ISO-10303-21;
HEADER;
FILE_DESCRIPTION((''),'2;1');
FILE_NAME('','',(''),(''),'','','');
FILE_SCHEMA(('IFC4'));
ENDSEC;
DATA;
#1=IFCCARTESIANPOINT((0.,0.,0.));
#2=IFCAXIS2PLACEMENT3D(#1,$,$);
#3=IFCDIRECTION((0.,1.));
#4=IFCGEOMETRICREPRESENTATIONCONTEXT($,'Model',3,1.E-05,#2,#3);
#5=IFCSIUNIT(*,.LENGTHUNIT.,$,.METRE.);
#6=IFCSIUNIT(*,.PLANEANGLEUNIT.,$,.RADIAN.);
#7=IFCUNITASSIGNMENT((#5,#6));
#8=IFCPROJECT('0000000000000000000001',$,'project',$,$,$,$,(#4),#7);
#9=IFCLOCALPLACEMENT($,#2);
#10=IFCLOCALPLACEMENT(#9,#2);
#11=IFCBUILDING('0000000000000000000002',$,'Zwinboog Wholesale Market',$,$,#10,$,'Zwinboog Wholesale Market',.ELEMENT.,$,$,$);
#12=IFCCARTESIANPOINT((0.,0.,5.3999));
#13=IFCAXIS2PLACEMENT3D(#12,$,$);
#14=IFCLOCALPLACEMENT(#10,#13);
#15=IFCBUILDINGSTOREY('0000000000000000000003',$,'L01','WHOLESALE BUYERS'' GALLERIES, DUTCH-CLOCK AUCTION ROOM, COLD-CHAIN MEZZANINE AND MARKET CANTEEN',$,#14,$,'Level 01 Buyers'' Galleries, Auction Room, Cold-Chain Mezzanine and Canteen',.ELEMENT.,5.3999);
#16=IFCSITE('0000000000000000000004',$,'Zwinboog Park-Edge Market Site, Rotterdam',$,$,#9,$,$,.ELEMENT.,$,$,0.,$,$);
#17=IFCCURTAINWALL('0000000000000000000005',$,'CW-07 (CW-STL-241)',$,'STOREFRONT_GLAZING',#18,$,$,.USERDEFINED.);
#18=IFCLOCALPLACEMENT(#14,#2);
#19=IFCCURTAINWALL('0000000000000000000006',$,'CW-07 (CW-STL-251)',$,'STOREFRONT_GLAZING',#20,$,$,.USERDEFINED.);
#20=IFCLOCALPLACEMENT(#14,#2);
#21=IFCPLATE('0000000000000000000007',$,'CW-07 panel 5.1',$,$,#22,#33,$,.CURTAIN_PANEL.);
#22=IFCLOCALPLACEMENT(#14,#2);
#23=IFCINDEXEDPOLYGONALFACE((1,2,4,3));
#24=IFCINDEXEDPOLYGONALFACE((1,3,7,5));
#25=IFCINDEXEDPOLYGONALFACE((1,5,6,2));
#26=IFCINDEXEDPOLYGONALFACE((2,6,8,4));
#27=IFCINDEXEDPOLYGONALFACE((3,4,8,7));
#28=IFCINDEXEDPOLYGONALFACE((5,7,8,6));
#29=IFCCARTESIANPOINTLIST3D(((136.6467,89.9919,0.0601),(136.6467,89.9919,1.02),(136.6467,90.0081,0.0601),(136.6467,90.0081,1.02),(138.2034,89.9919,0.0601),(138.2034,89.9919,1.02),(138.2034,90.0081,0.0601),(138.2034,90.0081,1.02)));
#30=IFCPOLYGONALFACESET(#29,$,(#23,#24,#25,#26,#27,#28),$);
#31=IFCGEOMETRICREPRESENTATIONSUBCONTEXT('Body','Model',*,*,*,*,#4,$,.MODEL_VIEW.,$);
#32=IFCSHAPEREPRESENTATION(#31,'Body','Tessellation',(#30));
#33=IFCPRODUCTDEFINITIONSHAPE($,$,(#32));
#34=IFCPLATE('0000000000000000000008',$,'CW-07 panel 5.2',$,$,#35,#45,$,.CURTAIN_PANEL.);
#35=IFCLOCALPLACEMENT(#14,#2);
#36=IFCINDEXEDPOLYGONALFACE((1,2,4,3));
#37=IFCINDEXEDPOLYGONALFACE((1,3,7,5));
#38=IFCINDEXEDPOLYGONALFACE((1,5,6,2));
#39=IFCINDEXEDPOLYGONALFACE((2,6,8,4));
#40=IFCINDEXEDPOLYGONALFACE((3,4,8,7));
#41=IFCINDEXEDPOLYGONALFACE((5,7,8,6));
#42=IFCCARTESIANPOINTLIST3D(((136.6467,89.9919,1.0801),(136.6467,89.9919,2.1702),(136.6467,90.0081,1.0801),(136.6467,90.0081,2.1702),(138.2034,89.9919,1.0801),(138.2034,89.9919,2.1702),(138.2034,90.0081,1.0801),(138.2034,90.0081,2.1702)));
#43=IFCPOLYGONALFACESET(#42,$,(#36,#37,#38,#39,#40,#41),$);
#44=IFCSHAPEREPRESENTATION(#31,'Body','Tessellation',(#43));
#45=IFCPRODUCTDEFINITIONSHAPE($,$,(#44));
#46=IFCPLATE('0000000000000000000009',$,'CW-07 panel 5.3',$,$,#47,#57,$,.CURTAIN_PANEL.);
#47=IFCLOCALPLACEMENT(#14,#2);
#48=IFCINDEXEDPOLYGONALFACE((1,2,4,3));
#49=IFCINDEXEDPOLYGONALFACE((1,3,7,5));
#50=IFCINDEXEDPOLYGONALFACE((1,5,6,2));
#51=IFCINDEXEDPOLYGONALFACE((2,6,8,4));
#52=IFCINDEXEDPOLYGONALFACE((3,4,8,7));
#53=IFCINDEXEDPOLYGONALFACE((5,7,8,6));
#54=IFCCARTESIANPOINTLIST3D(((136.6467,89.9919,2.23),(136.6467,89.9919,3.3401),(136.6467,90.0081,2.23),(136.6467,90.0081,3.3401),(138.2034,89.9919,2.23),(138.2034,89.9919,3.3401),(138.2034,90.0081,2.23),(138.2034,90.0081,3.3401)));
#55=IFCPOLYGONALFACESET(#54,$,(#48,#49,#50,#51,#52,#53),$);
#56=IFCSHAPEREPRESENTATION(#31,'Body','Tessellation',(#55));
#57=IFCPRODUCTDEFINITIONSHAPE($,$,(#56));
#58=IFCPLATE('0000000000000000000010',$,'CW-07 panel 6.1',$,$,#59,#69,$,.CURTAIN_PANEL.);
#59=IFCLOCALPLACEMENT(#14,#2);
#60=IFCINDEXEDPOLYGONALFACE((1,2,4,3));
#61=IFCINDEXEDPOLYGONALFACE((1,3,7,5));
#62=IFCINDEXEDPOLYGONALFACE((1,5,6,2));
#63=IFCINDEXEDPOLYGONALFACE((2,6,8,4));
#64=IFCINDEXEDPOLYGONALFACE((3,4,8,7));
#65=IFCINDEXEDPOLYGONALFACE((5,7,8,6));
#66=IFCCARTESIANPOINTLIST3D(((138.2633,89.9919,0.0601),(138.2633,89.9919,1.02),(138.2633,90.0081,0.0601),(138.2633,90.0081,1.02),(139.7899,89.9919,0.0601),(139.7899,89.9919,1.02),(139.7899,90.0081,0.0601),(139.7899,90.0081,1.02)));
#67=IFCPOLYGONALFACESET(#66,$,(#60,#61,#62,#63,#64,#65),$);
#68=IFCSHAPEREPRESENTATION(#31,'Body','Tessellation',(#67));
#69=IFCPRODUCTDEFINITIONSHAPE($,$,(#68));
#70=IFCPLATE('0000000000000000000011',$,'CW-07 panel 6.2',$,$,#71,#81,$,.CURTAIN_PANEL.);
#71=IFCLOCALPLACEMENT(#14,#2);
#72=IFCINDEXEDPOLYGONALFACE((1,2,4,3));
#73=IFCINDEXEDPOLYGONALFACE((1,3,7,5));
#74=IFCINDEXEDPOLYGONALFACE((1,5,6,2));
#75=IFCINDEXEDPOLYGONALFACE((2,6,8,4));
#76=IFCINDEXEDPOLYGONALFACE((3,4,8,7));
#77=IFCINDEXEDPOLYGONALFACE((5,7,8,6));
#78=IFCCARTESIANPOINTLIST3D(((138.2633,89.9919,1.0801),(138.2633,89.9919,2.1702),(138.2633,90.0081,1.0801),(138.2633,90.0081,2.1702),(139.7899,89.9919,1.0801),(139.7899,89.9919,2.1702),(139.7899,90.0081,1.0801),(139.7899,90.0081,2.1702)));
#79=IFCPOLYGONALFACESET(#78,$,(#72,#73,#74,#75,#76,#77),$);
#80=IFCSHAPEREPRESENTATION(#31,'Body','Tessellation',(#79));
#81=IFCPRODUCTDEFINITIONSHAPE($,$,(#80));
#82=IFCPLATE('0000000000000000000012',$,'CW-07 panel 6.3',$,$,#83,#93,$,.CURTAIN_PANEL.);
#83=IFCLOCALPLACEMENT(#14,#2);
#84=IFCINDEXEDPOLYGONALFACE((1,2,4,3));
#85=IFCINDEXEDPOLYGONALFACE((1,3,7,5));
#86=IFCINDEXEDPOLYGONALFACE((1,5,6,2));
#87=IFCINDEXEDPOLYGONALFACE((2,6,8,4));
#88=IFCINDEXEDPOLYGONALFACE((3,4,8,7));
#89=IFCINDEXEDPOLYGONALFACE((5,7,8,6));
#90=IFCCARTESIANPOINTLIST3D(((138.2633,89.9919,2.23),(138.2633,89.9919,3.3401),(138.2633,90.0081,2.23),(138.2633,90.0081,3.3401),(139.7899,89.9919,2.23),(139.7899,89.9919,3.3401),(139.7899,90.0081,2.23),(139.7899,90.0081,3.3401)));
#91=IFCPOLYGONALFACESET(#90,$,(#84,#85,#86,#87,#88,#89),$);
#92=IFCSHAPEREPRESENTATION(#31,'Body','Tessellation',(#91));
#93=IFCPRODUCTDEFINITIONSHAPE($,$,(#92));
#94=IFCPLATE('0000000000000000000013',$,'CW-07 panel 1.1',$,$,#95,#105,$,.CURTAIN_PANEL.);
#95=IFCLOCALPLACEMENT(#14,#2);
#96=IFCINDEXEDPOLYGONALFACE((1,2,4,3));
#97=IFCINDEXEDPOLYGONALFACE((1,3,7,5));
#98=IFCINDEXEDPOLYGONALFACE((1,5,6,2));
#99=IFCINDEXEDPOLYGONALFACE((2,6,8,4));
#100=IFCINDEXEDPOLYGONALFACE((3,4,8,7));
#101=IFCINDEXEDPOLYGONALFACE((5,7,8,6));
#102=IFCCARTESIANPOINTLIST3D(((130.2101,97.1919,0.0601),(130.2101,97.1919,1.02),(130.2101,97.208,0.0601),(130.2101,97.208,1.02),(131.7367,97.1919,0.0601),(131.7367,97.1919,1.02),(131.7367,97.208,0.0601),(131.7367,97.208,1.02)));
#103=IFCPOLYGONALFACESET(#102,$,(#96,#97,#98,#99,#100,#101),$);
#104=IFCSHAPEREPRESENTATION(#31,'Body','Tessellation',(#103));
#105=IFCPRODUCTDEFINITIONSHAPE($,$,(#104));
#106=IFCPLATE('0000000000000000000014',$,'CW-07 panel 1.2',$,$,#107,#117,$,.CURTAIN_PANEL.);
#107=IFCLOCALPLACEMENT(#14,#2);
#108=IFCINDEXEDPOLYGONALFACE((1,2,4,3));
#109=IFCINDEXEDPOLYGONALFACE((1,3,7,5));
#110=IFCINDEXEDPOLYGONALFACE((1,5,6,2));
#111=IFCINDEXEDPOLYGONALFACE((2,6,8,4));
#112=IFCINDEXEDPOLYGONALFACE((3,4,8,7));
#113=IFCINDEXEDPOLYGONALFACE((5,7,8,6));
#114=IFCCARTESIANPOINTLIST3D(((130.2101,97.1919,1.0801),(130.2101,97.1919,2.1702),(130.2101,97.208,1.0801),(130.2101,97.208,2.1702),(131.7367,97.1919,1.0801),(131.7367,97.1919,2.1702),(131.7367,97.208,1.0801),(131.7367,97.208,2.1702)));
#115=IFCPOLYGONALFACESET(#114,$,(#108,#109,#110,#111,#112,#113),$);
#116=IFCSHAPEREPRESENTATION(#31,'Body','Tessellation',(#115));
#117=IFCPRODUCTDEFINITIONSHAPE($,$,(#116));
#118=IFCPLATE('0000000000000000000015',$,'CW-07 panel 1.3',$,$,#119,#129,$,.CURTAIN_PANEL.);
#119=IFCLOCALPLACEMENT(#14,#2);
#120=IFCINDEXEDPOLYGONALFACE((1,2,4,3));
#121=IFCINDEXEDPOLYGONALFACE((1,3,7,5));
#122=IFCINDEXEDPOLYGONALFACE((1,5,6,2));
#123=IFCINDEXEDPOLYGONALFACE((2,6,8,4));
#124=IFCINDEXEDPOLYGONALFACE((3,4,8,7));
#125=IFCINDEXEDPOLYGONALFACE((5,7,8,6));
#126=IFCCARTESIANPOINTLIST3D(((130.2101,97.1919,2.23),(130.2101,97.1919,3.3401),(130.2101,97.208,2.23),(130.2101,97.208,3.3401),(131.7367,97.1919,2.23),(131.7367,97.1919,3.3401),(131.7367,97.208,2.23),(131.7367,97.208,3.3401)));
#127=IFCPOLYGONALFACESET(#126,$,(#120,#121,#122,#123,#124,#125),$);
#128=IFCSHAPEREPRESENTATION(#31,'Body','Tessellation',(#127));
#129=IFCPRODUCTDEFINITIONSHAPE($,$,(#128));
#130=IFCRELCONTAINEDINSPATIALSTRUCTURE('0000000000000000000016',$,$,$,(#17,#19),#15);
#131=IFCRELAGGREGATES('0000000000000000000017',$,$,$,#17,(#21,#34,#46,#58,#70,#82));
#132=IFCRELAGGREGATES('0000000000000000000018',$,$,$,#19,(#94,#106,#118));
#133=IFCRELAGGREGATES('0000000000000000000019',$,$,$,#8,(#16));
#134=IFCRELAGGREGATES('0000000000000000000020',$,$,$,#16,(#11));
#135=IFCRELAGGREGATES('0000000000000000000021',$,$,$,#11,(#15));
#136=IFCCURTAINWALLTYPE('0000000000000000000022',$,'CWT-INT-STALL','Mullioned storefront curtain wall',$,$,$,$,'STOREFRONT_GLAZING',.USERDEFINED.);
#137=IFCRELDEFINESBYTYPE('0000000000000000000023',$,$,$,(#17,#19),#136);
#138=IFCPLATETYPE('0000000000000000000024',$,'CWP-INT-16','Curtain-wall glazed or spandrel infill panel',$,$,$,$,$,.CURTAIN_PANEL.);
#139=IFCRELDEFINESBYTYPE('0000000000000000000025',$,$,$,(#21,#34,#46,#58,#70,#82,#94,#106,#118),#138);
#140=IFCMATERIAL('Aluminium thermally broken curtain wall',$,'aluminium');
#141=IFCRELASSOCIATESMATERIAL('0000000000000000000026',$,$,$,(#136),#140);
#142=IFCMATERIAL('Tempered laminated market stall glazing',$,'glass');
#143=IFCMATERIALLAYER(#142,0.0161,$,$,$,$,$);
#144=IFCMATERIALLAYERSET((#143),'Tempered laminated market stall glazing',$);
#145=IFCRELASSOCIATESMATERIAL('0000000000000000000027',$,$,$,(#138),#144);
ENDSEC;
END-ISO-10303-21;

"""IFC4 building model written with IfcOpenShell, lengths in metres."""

from ifc_helpers import new_model, si_unit, direction, frame, origin, origin_2d, place, context, subcontext, project, spatial, rectangle, extrude, material, layer, layer_set, type_object, element, aggregate, save


model = new_model("IFC4")

# Units and contexts
model_context = context("Model", 3, precision=1e-05, world=origin(), true_north=direction((0.0, 1.0)))
body_context = subcontext(model_context, "Body", "Model", "MODEL_VIEW")
ifc_project = project(units=[si_unit("LENGTHUNIT", "METRE"), si_unit("PLANEANGLEUNIT", "RADIAN")], contexts=[model_context])

# Site, building, storey
site_placement = place(None, origin())
site = spatial("IfcSite", under=ifc_project, at=site_placement, Name="Zwinboog Park-Edge Market Site, Rotterdam", CompositionType="ELEMENT", RefElevation=0.0)
building_placement = place(site_placement, origin())
building = spatial("IfcBuilding", under=site, at=building_placement, Name="Zwinboog Wholesale Market", LongName="Zwinboog Wholesale Market", CompositionType="ELEMENT")
storey_placement = place(building_placement, frame((0.0, 0.0, 5.3999)))
storey = spatial("IfcBuildingStorey", under=building, at=storey_placement, Name="L01", Description="WHOLESALE BUYERS' GALLERIES, DUTCH-CLOCK AUCTION ROOM, COLD-CHAIN MEZZANINE AND MARKET CANTEEN", LongName="Level 01 Buyers' Galleries, Auction Room, Cold-Chain Mezzanine and Canteen", CompositionType="ELEMENT", Elevation=5.3999)

# Curtain wall
ifc_material_1 = material(Name="Aluminium thermally broken curtain wall", Category="aluminium")
curtain_wall_type = type_object("IfcCurtainWallType", Name="CWT-INT-STALL", Description="Mullioned storefront curtain wall", ElementType="STOREFRONT_GLAZING", PredefinedType="USERDEFINED", material=ifc_material_1)
curtain_wall_1_placement = place(storey_placement, origin())
curtain_wall_1 = element("IfcCurtainWall", 1, at=curtain_wall_1_placement, inside=storey, type_object=curtain_wall_type, Name="CW-07 (CW-STL-241)", ObjectType="STOREFRONT_GLAZING", PredefinedType="USERDEFINED")

# Curtain wall
curtain_wall_2_placement = place(storey_placement, origin())
curtain_wall_2 = element("IfcCurtainWall", 2, at=curtain_wall_2_placement, inside=storey, type_object=curtain_wall_type, Name="CW-07 (CW-STL-251)", ObjectType="STOREFRONT_GLAZING", PredefinedType="USERDEFINED")

# Plates
ifc_material_2 = material(Name="Tempered laminated market stall glazing", Category="glass")
ifc_layer = layer(ifc_material_2, 0.0161)
ifc_layer_set = layer_set([ifc_layer], Name="Tempered laminated market stall glazing")
plate_type = type_object("IfcPlateType", Name="CWP-INT-16", Description="Curtain-wall glazed or spandrel infill panel", PredefinedType="CURTAIN_PANEL", material=ifc_layer_set)
plate_1_placement = place(storey_placement, frame((137.425, 90.0, 0.0601), z_axis=(0.0, 0.0, 1.0), x_axis=(1.0, 0.0, 0.0)))
plate_1 = element("IfcPlate", 3, at=plate_1_placement, type_object=plate_type, Name="CW-07 panel 5.1", PredefinedType="CURTAIN_PANEL", context=body_context, shape_type="SweptSolid", body=[
    extrude(rectangle(XDim=1.5566, YDim=0.0161, at=origin_2d()), origin(), (0.0, 0.0, 1.0), 0.96),
])
plate_2_placement = place(storey_placement, frame((137.425, 90.0, 1.0801), z_axis=(0.0, 0.0, 1.0), x_axis=(1.0, 0.0, 0.0)))
plate_2 = element("IfcPlate", 4, at=plate_2_placement, type_object=plate_type, Name="CW-07 panel 5.2", PredefinedType="CURTAIN_PANEL", context=body_context, shape_type="SweptSolid", body=[
    extrude(rectangle(XDim=1.5566, YDim=0.0161, at=origin_2d()), origin(), (0.0, 0.0, 1.0), 1.0901),
])
plate_3_placement = place(storey_placement, frame((137.425, 90.0, 2.23), z_axis=(0.0, 0.0, 1.0), x_axis=(1.0, 0.0, 0.0)))
plate_3 = element("IfcPlate", 5, at=plate_3_placement, type_object=plate_type, Name="CW-07 panel 5.3", PredefinedType="CURTAIN_PANEL", context=body_context, shape_type="SweptSolid", body=[
    extrude(rectangle(XDim=1.5566, YDim=0.0161, at=origin_2d()), origin(), (0.0, 0.0, 1.0), 1.1101),
])
plate_4_placement = place(storey_placement, frame((139.0266, 90.0, 0.0601), z_axis=(0.0, 0.0, 1.0), x_axis=(1.0, 0.0, 0.0)))
plate_4 = element("IfcPlate", 6, at=plate_4_placement, type_object=plate_type, Name="CW-07 panel 6.1", PredefinedType="CURTAIN_PANEL", context=body_context, shape_type="SweptSolid", body=[
    extrude(rectangle(XDim=1.5266, YDim=0.0161, at=origin_2d()), origin(), (0.0, 0.0, 1.0), 0.96),
])
plate_5_placement = place(storey_placement, frame((139.0266, 90.0, 1.0801), z_axis=(0.0, 0.0, 1.0), x_axis=(1.0, 0.0, 0.0)))
plate_5 = element("IfcPlate", 7, at=plate_5_placement, type_object=plate_type, Name="CW-07 panel 6.2", PredefinedType="CURTAIN_PANEL", context=body_context, shape_type="SweptSolid", body=[
    extrude(rectangle(XDim=1.5266, YDim=0.0161, at=origin_2d()), origin(), (0.0, 0.0, 1.0), 1.0901),
])
plate_6_placement = place(storey_placement, frame((139.0266, 90.0, 2.23), z_axis=(0.0, 0.0, 1.0), x_axis=(1.0, 0.0, 0.0)))
plate_6 = element("IfcPlate", 8, at=plate_6_placement, type_object=plate_type, Name="CW-07 panel 6.3", PredefinedType="CURTAIN_PANEL", context=body_context, shape_type="SweptSolid", body=[
    extrude(rectangle(XDim=1.5266, YDim=0.0161, at=origin_2d()), origin(), (0.0, 0.0, 1.0), 1.1101),
])
aggregate(curtain_wall_1, [plate_1, plate_2, plate_3, plate_4, plate_5, plate_6])
plate_7_placement = place(storey_placement, frame((130.9734, 97.2, 0.0601), z_axis=(0.0, 0.0, 1.0), x_axis=(1.0, 0.0, 0.0)))
plate_7 = element("IfcPlate", 9, at=plate_7_placement, type_object=plate_type, Name="CW-07 panel 1.1", PredefinedType="CURTAIN_PANEL", context=body_context, shape_type="SweptSolid", body=[
    extrude(rectangle(XDim=1.5266, YDim=0.0161, at=origin_2d()), origin(), (0.0, 0.0, 1.0), 0.96),
])
plate_8_placement = place(storey_placement, frame((130.9734, 97.2, 1.0801), z_axis=(0.0, 0.0, 1.0), x_axis=(1.0, 0.0, 0.0)))
plate_8 = element("IfcPlate", 10, at=plate_8_placement, type_object=plate_type, Name="CW-07 panel 1.2", PredefinedType="CURTAIN_PANEL", context=body_context, shape_type="SweptSolid", body=[
    extrude(rectangle(XDim=1.5266, YDim=0.0161, at=origin_2d()), origin(), (0.0, 0.0, 1.0), 1.0901),
])
plate_9_placement = place(storey_placement, frame((130.9734, 97.2, 2.23), z_axis=(0.0, 0.0, 1.0), x_axis=(1.0, 0.0, 0.0)))
plate_9 = element("IfcPlate", 11, at=plate_9_placement, type_object=plate_type, Name="CW-07 panel 1.3", PredefinedType="CURTAIN_PANEL", context=body_context, shape_type="SweptSolid", body=[
    extrude(rectangle(XDim=1.5266, YDim=0.0161, at=origin_2d()), origin(), (0.0, 0.0, 1.0), 1.1101),
])
aggregate(curtain_wall_2, [plate_7, plate_8, plate_9])

save(model, "model.ifc")
